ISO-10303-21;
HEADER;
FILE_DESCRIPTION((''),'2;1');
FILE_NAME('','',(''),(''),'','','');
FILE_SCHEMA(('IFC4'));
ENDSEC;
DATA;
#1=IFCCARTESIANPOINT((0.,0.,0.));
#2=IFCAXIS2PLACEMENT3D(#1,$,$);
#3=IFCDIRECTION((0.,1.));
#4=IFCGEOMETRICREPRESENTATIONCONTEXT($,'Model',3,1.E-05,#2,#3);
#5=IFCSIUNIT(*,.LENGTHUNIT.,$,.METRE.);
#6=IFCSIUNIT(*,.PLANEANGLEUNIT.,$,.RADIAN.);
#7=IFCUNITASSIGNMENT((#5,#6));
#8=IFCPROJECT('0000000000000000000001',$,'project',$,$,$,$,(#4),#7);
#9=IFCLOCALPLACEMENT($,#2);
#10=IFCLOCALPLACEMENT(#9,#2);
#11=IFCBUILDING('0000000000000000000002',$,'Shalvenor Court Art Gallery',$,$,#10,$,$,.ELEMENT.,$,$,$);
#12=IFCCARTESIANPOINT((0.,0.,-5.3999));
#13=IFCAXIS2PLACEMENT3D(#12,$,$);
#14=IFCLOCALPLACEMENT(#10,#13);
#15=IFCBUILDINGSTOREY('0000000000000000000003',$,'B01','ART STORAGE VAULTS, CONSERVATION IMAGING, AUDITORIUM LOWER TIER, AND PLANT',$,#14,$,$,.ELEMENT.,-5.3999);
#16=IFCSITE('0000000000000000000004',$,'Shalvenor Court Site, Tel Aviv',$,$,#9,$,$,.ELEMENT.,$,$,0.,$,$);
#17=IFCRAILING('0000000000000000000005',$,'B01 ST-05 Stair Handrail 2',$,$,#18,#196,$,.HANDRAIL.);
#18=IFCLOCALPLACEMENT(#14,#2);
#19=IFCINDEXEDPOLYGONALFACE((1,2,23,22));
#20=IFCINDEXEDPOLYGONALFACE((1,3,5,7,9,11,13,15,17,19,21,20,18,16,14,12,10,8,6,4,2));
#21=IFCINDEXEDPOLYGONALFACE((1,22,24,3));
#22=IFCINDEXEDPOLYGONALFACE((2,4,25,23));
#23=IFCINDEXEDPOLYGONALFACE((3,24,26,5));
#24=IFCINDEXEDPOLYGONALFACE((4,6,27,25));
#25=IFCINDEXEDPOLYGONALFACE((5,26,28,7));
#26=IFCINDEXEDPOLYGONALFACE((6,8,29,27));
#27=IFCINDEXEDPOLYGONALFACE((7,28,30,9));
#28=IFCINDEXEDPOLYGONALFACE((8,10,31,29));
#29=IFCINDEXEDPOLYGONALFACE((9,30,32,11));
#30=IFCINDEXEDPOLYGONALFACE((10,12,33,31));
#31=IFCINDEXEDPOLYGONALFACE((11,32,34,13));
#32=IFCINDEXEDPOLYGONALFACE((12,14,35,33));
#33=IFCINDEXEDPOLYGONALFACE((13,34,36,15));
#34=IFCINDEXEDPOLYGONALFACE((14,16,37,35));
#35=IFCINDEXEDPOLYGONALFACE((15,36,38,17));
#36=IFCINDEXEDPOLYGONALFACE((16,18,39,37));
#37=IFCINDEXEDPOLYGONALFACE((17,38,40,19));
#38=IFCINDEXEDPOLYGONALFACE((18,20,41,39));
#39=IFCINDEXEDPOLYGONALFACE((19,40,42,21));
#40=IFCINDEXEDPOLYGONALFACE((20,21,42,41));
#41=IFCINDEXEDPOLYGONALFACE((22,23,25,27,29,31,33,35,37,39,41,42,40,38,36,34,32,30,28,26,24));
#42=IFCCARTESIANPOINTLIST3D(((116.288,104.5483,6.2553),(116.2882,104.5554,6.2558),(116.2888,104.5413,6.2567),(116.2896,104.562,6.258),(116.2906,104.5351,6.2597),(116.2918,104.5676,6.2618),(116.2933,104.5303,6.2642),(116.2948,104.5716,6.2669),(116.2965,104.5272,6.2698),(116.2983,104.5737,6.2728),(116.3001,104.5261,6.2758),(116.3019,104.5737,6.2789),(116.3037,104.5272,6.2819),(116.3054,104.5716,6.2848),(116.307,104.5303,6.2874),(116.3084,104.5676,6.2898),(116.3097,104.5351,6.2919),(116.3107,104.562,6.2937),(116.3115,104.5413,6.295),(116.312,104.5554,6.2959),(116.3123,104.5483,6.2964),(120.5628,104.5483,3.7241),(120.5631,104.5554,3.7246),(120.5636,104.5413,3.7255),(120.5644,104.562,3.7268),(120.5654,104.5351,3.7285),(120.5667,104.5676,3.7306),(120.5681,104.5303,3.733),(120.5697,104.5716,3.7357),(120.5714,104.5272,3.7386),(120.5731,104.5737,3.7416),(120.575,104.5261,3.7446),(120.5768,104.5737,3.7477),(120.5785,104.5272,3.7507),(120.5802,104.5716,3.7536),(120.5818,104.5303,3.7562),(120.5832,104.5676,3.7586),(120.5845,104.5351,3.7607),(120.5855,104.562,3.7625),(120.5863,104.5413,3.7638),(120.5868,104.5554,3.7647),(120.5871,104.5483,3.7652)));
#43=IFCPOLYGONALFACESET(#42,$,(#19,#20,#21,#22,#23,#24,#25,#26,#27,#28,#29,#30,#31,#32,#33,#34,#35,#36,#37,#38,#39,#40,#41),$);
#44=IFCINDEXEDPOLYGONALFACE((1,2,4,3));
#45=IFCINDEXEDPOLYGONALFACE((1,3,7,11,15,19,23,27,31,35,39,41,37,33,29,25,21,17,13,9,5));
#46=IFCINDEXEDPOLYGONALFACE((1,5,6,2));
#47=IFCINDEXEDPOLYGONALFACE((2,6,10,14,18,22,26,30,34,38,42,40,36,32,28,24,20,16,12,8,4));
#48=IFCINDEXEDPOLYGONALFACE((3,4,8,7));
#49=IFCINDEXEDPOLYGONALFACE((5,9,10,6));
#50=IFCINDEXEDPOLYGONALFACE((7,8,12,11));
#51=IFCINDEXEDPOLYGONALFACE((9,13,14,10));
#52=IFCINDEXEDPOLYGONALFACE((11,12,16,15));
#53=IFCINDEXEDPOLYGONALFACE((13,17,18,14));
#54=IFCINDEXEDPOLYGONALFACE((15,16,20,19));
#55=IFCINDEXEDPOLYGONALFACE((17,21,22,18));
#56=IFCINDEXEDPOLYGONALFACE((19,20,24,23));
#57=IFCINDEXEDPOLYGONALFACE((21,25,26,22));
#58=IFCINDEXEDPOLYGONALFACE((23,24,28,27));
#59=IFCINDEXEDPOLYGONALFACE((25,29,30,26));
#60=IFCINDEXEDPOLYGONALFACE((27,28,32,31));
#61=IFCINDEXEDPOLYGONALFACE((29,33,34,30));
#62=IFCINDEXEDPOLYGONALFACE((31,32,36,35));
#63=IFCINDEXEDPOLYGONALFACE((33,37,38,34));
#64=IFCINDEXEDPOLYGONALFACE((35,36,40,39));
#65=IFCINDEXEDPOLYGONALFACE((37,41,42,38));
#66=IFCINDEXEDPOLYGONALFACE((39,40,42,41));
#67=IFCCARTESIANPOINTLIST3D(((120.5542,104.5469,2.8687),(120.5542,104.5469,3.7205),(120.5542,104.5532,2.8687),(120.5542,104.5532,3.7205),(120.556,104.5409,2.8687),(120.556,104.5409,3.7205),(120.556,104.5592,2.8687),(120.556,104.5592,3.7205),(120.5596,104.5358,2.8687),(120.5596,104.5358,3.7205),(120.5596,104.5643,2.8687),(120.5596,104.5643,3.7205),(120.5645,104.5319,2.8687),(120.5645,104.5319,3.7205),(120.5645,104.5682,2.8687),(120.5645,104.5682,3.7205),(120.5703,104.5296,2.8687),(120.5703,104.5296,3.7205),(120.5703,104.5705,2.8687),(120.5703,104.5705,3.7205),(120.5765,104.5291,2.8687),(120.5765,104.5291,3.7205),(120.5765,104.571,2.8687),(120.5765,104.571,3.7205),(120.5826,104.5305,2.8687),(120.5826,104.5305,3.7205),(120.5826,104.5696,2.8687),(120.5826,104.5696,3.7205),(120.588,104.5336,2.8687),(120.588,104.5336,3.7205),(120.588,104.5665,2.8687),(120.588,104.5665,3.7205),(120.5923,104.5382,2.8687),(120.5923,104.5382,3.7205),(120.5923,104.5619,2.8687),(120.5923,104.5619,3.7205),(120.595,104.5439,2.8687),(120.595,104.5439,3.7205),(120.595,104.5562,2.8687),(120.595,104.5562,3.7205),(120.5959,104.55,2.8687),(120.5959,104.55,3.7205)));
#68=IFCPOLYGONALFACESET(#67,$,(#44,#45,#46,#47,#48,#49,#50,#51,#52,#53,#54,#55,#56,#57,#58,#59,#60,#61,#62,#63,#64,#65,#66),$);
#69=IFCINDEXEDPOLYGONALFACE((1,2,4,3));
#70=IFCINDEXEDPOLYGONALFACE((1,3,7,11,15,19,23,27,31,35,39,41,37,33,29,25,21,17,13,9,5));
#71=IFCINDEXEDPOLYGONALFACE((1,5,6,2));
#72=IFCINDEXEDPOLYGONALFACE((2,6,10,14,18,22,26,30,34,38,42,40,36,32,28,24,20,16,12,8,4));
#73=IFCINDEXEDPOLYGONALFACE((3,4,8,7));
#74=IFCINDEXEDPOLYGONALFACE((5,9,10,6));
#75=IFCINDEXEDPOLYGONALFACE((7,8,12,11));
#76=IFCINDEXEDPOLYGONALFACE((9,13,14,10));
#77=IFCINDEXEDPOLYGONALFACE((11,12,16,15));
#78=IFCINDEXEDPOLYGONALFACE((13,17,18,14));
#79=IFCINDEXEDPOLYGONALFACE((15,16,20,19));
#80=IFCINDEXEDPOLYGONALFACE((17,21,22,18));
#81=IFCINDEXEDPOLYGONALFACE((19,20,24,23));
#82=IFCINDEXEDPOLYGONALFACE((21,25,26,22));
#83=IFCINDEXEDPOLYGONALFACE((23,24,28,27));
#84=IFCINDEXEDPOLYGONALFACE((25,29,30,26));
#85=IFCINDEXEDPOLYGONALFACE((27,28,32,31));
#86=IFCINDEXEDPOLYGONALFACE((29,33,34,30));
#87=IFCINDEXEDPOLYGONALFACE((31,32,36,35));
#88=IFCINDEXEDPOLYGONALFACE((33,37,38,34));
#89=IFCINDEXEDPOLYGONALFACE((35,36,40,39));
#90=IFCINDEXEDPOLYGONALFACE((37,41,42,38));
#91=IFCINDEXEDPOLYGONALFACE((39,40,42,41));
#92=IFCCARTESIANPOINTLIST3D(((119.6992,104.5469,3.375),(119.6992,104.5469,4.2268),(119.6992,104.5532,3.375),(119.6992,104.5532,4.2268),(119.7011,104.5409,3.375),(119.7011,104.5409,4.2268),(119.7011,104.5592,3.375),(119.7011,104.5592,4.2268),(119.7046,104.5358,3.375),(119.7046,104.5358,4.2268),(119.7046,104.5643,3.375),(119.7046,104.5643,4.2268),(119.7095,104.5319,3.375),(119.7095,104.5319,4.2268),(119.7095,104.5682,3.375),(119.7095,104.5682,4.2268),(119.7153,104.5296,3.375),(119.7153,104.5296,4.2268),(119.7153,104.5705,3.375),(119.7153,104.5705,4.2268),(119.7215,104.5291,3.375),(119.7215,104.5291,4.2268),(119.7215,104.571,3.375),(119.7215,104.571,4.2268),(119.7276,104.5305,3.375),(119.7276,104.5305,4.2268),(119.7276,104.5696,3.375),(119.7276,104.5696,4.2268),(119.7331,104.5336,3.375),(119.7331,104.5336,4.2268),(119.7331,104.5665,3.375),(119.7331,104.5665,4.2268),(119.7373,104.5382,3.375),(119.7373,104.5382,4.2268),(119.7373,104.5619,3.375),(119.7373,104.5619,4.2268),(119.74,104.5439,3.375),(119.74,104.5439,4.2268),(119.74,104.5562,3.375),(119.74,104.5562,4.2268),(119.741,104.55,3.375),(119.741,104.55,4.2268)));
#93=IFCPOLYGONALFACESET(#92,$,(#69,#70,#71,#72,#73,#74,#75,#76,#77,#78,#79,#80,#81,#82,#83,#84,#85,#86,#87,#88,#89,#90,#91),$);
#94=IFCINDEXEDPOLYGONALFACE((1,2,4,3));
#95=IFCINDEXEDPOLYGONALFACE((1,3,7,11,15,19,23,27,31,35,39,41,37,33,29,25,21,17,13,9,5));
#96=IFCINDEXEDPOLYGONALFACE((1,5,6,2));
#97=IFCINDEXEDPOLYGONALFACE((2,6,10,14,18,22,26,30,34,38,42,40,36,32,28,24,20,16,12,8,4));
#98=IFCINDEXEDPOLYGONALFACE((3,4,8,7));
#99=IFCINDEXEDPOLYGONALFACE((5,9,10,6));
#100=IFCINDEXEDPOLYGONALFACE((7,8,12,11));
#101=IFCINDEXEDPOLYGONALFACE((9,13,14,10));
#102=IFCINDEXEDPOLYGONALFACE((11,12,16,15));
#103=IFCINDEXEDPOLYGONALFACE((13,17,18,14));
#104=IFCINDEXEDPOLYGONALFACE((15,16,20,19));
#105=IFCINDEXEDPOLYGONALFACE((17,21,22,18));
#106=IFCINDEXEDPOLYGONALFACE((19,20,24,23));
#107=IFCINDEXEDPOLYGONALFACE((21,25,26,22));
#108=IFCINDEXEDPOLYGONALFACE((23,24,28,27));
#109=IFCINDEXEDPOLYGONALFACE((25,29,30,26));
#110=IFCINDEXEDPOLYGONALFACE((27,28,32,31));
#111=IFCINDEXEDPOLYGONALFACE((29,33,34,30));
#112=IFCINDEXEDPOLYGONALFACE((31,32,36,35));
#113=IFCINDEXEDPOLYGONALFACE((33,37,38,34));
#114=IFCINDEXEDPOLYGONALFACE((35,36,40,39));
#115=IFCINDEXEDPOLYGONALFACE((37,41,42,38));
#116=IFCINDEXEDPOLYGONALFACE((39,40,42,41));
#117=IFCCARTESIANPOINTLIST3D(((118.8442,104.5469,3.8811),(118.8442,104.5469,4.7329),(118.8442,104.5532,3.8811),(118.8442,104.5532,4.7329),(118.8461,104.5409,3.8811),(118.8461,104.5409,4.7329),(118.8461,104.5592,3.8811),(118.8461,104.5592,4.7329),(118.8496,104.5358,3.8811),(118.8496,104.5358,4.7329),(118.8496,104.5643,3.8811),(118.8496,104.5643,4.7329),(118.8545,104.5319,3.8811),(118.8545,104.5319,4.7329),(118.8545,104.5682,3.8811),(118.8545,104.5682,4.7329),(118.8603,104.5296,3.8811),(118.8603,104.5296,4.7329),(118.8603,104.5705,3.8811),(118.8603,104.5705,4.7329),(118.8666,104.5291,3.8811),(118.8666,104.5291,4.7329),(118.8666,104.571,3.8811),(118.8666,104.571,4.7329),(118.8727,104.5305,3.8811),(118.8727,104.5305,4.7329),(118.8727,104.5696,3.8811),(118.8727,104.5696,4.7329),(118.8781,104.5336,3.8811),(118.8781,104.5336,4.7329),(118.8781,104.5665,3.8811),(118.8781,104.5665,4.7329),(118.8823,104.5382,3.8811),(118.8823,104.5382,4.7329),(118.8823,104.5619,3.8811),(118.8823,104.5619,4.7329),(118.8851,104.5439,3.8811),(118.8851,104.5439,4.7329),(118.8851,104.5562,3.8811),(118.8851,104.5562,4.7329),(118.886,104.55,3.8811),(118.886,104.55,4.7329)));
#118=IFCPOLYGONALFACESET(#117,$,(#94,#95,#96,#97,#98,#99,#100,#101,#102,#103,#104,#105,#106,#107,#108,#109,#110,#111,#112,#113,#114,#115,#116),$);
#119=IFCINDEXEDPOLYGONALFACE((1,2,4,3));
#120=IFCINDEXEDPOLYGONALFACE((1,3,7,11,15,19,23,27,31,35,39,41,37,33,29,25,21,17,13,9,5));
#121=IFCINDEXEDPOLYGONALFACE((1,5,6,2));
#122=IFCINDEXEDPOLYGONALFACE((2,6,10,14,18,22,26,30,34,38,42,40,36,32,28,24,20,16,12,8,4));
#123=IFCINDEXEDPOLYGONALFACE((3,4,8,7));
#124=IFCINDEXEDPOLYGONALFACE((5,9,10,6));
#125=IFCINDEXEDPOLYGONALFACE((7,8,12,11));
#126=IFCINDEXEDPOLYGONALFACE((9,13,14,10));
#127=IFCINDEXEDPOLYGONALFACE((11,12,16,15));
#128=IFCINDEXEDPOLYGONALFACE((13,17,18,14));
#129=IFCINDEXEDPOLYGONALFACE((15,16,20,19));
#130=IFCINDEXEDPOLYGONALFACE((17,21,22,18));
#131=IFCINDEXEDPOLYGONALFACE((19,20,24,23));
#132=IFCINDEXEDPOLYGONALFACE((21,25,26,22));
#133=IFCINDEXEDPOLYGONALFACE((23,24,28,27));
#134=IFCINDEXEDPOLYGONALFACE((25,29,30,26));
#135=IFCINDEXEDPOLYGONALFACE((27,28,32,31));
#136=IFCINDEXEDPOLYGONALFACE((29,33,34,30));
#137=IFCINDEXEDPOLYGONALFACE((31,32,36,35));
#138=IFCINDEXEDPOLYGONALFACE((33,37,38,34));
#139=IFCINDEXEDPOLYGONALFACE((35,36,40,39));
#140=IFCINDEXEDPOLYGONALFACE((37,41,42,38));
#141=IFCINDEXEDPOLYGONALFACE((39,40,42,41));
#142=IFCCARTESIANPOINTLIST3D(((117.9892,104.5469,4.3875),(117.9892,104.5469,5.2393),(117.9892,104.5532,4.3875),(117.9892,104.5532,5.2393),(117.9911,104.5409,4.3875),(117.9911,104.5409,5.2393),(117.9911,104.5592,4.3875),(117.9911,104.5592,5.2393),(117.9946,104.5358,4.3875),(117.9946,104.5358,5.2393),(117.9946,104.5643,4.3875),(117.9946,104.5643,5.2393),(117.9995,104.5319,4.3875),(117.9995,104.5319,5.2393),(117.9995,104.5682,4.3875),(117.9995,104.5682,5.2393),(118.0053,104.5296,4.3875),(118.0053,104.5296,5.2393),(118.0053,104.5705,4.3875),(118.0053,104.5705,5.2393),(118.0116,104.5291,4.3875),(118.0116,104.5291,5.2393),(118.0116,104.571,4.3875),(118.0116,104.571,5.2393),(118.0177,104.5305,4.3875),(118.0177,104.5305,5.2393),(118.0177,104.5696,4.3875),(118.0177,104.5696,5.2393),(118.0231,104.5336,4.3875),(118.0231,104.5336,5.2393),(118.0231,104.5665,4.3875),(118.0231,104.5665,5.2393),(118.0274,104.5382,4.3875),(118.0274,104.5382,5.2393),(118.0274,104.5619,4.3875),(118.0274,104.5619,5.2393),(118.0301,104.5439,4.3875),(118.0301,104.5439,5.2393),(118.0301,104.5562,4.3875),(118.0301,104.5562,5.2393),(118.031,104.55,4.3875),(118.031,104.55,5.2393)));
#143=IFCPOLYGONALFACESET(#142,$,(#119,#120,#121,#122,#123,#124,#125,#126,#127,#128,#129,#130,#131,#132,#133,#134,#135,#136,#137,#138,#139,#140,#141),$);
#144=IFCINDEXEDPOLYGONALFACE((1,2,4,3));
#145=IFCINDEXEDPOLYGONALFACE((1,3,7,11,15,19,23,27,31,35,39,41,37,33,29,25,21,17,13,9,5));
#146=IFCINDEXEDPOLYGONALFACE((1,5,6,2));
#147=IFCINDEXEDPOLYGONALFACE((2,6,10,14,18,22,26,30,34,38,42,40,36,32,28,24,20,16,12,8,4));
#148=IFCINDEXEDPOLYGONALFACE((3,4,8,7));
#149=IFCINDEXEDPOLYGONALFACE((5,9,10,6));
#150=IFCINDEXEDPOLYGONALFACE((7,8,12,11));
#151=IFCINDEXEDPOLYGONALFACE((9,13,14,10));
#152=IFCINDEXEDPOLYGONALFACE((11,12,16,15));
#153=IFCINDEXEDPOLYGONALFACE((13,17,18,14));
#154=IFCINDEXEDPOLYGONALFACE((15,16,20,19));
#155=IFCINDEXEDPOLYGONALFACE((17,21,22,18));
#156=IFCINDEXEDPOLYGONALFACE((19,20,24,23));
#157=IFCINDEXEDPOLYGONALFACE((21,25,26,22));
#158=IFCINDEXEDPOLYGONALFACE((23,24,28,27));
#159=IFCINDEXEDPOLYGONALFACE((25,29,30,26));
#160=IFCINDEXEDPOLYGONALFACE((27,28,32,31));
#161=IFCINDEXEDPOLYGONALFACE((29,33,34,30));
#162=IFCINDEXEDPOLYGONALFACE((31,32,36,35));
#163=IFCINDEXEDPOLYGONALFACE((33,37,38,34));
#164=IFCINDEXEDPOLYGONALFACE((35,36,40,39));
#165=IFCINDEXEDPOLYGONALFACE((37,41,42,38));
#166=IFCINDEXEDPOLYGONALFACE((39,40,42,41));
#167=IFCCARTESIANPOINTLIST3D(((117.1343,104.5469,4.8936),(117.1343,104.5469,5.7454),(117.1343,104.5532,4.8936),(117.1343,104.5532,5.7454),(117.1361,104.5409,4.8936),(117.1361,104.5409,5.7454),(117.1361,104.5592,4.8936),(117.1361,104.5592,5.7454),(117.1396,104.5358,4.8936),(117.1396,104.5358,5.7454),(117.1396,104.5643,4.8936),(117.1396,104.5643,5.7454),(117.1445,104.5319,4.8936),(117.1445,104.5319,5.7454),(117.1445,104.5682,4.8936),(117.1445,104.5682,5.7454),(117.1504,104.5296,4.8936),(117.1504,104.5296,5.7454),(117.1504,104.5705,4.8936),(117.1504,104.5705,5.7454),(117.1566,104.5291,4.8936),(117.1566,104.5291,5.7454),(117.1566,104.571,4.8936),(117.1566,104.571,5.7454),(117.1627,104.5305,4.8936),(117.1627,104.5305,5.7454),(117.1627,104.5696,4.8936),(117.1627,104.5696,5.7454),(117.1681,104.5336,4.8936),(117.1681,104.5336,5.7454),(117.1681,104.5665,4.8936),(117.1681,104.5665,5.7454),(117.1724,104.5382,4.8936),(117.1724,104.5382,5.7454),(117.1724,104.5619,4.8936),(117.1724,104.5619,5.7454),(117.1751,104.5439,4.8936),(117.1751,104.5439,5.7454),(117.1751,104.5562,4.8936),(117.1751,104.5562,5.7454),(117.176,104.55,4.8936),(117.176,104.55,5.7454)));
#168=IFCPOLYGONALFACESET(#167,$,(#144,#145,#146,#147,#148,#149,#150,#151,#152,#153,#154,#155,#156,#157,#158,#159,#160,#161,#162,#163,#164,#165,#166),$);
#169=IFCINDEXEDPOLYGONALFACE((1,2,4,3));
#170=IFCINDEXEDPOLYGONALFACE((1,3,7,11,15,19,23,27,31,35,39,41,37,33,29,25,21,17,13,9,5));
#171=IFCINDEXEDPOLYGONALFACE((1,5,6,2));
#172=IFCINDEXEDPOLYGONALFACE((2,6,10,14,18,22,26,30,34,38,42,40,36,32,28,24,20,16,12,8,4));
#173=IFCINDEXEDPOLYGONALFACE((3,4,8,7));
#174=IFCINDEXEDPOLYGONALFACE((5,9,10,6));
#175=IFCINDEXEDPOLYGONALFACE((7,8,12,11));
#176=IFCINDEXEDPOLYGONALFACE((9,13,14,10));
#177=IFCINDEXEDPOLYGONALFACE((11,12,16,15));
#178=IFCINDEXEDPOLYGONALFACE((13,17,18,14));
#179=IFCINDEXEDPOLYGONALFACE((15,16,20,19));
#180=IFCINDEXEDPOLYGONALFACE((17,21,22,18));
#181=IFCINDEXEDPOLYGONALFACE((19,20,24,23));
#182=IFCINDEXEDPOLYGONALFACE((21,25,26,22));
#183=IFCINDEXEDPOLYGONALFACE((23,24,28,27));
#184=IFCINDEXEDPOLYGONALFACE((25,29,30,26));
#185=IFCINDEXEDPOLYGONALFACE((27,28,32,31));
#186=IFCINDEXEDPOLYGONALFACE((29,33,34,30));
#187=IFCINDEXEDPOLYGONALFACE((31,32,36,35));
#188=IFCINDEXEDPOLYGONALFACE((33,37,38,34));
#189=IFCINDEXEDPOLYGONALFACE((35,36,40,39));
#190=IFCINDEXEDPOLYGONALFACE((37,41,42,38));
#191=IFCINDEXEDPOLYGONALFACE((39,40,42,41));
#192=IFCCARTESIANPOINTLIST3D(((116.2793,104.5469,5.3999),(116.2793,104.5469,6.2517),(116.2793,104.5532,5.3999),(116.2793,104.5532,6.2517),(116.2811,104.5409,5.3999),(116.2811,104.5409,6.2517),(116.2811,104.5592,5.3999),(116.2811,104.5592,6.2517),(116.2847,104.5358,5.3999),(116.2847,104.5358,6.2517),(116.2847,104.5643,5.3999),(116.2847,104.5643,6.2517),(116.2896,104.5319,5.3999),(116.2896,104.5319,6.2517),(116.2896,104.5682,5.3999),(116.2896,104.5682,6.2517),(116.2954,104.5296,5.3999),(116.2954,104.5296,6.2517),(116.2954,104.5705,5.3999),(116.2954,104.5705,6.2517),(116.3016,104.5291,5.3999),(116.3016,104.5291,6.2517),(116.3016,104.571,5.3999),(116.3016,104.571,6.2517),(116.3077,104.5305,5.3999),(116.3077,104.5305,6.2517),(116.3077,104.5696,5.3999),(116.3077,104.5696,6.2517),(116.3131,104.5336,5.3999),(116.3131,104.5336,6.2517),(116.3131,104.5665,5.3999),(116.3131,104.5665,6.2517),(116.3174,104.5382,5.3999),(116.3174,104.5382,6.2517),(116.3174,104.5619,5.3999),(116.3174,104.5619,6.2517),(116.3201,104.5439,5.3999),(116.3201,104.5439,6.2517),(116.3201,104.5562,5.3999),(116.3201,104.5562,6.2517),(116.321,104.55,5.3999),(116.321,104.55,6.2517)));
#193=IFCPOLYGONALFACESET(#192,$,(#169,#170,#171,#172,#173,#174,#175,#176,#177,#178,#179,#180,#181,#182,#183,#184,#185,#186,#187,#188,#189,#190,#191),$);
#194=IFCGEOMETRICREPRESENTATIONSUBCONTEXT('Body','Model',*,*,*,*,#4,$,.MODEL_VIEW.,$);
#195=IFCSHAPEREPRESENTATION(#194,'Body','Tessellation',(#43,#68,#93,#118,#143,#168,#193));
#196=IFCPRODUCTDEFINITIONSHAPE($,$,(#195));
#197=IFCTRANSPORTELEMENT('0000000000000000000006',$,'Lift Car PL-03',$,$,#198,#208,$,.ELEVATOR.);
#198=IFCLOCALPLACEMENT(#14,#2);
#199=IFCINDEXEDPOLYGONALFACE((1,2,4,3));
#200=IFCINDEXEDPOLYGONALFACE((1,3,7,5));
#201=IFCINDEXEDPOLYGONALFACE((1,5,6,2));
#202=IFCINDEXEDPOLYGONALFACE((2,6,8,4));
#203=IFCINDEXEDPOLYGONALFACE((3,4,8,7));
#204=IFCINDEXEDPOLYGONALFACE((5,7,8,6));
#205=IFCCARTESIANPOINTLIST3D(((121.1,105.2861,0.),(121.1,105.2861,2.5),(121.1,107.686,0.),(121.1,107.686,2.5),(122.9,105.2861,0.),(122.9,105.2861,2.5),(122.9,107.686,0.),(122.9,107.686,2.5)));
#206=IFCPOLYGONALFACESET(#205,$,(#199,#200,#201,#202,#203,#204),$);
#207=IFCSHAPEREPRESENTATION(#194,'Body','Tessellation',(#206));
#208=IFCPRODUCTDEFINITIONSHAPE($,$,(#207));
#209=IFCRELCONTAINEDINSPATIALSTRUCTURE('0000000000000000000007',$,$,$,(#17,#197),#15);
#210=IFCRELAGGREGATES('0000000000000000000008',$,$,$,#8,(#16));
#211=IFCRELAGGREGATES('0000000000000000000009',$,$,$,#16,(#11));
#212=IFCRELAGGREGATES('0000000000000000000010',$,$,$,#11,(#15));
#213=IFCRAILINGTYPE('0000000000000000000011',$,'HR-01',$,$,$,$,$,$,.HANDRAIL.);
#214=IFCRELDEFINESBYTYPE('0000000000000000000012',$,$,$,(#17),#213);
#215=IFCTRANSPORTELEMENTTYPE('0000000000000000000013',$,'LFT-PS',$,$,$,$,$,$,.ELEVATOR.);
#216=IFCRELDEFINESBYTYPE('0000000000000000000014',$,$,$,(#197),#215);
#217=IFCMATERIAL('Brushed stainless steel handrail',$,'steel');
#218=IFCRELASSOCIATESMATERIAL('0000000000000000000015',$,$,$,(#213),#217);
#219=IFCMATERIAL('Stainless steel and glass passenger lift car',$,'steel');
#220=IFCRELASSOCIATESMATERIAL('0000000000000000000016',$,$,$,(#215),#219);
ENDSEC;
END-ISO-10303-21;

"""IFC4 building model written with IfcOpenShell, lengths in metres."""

from ifc_helpers import new_model, si_unit, direction, frame, origin, origin_2d, place, context, subcontext, project, spatial, rectangle, circle, extrude, material, type_object, element, save


model = new_model("IFC4")

# Units and contexts
model_context = context("Model", 3, precision=1e-05, world=origin(), true_north=direction((0.0, 1.0)))
body_context = subcontext(model_context, "Body", "Model", "MODEL_VIEW")
ifc_project = project(units=[si_unit("LENGTHUNIT", "METRE"), si_unit("PLANEANGLEUNIT", "RADIAN")], contexts=[model_context])

# Site, building, storey
site_placement = place(None, origin())
site = spatial("IfcSite", under=ifc_project, at=site_placement, Name="Shalvenor Court Site, Tel Aviv", CompositionType="ELEMENT", RefElevation=0.0)
building_placement = place(site_placement, origin())
building = spatial("IfcBuilding", under=site, at=building_placement, Name="Shalvenor Court Art Gallery", CompositionType="ELEMENT")
storey_placement = place(building_placement, frame((0.0, 0.0, -5.3999)))
storey = spatial("IfcBuildingStorey", under=building, at=storey_placement, Name="B01", Description="ART STORAGE VAULTS, CONSERVATION IMAGING, AUDITORIUM LOWER TIER, AND PLANT", CompositionType="ELEMENT", Elevation=-5.3999)

# Railing
ifc_material_1 = material(Name="Brushed stainless steel handrail", Category="steel")
railing_type_1 = type_object("IfcRailingType", Name="HR-01", PredefinedType="HANDRAIL", material=ifc_material_1)
railing_1_placement = place(storey_placement, frame((120.575, 104.55, 2.8687)))
element("IfcRailing", 1, at=railing_1_placement, inside=storey, type_object=railing_type_1, Name="B01 ST-05 Stair Handrail 2", PredefinedType="HANDRAIL", context=body_context, shape_type="SweptSolid", body=[
    extrude(circle(Radius=0.0239, at=origin_2d()), frame((0.0, 0.0, 0.876), z_axis=(-0.86047, 0.0, 0.509501), x_axis=(0.0, -1.0, 0.0)), (0.0, 0.0, 1.0), 4.968),
    extrude(circle(Radius=0.021, at=origin_2d()), origin(), (0.0, 0.0, 1.0), 0.8518),
    extrude(circle(Radius=0.021, at=origin_2d()), frame((-0.855, 0.0, 0.5063)), (0.0, 0.0, 1.0), 0.8518),
    extrude(circle(Radius=0.021, at=origin_2d()), frame((-1.71, 0.0, 1.0125)), (0.0, 0.0, 1.0), 0.8518),
    extrude(circle(Radius=0.021, at=origin_2d()), frame((-2.5649, 0.0, 1.5188)), (0.0, 0.0, 1.0), 0.8518),
    extrude(circle(Radius=0.021, at=origin_2d()), frame((-3.4199, 0.0, 2.0249)), (0.0, 0.0, 1.0), 0.8518),
    extrude(circle(Radius=0.021, at=origin_2d()), frame((-4.2749, 0.0, 2.5312)), (0.0, 0.0, 1.0), 0.8518),
])

# Transport element
ifc_material_2 = material(Name="Stainless steel and glass passenger lift car", Category="steel")
transport_element_type = type_object("IfcTransportElementType", Name="LFT-PS", PredefinedType="ELEVATOR", material=ifc_material_2)
transport_element_placement = place(storey_placement, frame((122.0, 106.4861, 0.0), z_axis=(0.0, 0.0, 1.0), x_axis=(1.0, 0.0, 0.0)))
element("IfcTransportElement", 2, at=transport_element_placement, inside=storey, type_object=transport_element_type, Name="Lift Car PL-03", PredefinedType="ELEVATOR", context=body_context, shape_type="SweptSolid", body=[
    extrude(rectangle(XDim=1.8, YDim=2.3999, at=origin_2d()), origin(), (0.0, 0.0, 1.0), 2.5),
])

save(model, "model.ifc")
